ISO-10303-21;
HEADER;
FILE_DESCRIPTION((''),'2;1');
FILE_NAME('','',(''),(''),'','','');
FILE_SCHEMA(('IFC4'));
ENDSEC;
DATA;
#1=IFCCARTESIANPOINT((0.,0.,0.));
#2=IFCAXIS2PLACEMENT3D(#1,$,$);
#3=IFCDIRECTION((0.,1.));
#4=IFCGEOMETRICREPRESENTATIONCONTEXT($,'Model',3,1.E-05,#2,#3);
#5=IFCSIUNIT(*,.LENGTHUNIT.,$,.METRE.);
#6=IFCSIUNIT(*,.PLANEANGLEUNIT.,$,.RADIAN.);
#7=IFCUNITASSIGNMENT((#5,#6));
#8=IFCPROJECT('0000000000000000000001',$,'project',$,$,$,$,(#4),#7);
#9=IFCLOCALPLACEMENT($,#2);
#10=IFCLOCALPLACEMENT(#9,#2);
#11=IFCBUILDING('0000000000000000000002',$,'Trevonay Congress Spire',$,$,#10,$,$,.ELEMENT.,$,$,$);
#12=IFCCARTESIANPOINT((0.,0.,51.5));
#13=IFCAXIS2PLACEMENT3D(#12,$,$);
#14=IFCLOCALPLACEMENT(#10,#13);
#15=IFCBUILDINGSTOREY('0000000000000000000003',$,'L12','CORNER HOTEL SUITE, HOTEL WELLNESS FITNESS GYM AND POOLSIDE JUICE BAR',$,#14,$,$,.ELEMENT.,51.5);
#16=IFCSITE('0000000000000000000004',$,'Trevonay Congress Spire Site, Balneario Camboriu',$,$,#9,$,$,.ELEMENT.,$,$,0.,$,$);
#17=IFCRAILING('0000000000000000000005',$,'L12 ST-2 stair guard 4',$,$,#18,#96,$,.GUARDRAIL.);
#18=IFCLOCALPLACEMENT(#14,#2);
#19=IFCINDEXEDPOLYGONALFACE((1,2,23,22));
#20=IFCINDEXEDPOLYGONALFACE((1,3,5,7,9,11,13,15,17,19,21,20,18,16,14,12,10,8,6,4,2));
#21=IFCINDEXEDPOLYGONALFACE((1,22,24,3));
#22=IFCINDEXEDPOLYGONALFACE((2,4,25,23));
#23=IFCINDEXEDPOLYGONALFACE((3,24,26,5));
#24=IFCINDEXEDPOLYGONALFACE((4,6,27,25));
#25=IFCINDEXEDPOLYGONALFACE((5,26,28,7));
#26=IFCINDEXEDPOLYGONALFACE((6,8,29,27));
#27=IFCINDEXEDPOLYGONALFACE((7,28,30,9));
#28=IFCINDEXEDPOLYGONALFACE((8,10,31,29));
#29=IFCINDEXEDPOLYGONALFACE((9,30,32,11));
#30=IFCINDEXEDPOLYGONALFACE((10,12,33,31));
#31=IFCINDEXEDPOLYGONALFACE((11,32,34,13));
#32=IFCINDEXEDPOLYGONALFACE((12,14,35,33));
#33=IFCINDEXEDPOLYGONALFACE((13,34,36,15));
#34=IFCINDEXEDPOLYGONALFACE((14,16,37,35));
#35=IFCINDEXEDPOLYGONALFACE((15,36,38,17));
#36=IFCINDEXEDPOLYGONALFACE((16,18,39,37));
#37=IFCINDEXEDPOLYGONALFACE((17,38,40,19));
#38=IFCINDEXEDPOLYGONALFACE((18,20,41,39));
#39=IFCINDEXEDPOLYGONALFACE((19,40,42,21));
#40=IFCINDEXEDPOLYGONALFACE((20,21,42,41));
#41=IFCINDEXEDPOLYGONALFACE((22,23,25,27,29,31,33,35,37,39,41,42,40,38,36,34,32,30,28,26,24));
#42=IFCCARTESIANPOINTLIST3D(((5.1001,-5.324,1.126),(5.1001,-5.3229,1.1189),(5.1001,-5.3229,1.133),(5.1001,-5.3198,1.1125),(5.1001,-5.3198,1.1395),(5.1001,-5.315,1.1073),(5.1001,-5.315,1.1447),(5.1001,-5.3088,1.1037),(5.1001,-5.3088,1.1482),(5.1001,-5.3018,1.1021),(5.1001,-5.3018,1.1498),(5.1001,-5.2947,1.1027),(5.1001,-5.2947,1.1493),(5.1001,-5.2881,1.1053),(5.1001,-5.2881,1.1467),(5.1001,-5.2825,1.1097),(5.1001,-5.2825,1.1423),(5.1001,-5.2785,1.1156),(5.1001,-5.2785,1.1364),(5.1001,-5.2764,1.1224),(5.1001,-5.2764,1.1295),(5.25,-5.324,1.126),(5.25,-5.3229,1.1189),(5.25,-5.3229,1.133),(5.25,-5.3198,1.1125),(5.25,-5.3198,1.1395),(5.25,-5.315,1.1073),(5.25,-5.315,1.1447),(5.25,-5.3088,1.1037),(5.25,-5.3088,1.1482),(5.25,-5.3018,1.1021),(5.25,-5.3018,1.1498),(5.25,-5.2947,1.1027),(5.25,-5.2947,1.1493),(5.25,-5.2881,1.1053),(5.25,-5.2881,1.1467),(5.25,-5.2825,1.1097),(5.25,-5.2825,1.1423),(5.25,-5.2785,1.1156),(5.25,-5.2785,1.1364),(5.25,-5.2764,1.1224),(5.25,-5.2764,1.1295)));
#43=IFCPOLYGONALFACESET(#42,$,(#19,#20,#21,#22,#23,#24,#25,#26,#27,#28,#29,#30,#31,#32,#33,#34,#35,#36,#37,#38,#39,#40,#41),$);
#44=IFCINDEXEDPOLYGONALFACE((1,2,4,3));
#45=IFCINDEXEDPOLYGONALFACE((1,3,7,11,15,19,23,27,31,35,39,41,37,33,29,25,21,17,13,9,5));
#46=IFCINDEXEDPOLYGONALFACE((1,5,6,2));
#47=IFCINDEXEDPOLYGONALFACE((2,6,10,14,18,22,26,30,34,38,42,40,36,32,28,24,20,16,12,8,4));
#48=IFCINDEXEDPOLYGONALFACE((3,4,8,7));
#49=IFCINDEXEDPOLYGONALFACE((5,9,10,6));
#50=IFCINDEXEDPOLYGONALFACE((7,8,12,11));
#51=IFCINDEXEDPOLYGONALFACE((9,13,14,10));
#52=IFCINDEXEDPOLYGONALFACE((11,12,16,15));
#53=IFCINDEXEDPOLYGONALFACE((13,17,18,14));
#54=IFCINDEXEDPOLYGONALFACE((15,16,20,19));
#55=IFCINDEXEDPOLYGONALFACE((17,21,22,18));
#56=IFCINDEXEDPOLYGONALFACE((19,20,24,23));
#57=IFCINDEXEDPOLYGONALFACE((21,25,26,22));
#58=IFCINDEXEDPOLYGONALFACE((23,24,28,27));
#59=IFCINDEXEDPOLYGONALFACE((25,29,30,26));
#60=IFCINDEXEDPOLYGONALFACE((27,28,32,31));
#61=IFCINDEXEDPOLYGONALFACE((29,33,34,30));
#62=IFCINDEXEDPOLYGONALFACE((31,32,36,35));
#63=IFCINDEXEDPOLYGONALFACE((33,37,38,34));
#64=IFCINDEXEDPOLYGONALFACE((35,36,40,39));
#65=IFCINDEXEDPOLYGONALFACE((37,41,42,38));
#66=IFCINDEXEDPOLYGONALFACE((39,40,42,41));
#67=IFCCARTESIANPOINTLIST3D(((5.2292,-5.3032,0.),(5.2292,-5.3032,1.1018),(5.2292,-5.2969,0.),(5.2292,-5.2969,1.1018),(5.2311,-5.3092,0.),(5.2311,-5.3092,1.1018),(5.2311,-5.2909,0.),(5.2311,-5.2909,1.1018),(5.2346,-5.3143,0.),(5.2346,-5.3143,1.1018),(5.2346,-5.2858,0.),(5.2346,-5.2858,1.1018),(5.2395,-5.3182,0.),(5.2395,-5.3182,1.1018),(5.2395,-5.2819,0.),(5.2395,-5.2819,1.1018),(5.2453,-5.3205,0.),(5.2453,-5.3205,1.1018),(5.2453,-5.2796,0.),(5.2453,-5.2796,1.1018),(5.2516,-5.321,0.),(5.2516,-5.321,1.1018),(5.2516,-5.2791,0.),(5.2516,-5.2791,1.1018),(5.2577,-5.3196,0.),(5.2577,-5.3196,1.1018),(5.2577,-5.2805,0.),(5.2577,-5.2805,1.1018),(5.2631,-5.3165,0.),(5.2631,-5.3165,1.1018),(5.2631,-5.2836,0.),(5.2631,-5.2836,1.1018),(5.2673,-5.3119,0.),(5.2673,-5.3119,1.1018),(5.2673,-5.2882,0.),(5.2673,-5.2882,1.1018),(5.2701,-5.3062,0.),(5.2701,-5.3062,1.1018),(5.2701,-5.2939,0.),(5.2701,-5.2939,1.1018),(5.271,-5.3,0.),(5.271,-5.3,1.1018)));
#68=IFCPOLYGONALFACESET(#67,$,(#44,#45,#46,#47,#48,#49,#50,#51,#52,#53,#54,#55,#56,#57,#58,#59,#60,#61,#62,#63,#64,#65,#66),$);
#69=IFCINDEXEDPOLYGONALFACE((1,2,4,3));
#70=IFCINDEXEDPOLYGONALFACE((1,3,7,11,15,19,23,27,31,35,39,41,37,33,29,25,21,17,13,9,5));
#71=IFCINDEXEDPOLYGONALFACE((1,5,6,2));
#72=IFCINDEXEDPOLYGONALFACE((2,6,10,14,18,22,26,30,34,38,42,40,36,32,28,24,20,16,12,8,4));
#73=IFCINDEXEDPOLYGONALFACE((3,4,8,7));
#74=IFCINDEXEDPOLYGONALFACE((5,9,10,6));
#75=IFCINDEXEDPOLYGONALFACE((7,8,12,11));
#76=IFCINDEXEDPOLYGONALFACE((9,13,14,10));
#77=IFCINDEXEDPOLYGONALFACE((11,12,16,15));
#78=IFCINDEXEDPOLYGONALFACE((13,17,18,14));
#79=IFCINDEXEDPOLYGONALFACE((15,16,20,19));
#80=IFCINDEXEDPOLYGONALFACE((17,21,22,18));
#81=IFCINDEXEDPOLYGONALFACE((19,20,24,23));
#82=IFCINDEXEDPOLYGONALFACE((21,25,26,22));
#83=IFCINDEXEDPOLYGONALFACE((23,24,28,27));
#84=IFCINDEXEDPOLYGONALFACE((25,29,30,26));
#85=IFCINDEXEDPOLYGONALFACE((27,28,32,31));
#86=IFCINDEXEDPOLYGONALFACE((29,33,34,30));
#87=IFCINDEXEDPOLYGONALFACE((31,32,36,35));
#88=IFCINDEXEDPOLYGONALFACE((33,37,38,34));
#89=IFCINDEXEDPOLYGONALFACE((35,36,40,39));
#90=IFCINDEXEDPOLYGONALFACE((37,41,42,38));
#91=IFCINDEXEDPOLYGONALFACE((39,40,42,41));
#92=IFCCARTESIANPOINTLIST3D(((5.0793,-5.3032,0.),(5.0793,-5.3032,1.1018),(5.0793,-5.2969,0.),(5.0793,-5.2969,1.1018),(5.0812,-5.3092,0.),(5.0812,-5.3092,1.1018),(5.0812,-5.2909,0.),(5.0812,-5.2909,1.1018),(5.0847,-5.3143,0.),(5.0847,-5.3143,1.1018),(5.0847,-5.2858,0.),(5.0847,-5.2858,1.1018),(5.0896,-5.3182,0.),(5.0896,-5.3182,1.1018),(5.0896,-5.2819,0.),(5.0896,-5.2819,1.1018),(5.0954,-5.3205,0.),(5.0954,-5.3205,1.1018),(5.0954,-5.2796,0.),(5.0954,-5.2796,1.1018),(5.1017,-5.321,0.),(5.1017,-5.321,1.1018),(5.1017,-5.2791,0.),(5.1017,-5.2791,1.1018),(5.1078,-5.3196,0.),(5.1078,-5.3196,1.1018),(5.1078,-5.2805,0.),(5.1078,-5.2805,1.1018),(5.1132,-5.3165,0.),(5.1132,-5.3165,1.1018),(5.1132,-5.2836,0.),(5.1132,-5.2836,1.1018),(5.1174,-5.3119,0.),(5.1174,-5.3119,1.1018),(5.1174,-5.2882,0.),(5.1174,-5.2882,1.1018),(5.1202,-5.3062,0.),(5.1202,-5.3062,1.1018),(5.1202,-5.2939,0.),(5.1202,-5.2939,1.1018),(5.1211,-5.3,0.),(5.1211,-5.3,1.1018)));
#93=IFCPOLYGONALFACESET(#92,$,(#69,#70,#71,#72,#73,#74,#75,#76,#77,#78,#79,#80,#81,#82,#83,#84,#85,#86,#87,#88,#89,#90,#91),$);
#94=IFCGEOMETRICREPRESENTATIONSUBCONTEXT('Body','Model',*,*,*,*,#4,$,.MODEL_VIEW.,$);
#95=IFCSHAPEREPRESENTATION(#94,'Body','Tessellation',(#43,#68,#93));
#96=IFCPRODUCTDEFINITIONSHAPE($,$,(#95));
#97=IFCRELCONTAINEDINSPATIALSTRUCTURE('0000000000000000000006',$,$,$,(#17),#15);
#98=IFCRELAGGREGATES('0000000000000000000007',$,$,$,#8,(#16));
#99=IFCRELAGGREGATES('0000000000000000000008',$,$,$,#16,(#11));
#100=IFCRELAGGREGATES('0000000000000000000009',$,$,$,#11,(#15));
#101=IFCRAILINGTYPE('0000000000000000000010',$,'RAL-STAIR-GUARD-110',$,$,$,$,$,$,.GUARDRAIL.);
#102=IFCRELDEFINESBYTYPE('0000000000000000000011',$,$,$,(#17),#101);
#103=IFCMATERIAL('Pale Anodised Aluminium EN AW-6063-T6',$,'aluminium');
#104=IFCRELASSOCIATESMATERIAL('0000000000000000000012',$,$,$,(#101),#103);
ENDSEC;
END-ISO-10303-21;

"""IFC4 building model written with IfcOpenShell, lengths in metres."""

from ifc_helpers import new_model, si_unit, direction, frame, origin, origin_2d, place, context, subcontext, project, spatial, circle, extrude, material, type_object, element, save


model = new_model("IFC4")

# Units and contexts
model_context = context("Model", 3, precision=1e-05, world=origin(), true_north=direction((0.0, 1.0)))
body_context = subcontext(model_context, "Body", "Model", "MODEL_VIEW")
ifc_project = project(units=[si_unit("LENGTHUNIT", "METRE"), si_unit("PLANEANGLEUNIT", "RADIAN")], contexts=[model_context])

# Site, building, storey
site_placement = place(None, origin())
site = spatial("IfcSite", under=ifc_project, at=site_placement, Name="Trevonay Congress Spire Site, Balneario Camboriu", CompositionType="ELEMENT", RefElevation=0.0)
building_placement = place(site_placement, origin())
building = spatial("IfcBuilding", under=site, at=building_placement, Name="Trevonay Congress Spire", CompositionType="ELEMENT")
storey_placement = place(building_placement, frame((0.0, 0.0, 51.5)))
storey = spatial("IfcBuildingStorey", under=building, at=storey_placement, Name="L12", Description="CORNER HOTEL SUITE, HOTEL WELLNESS FITNESS GYM AND POOLSIDE JUICE BAR", CompositionType="ELEMENT", Elevation=51.5)

# Shared definitions
ifc_material_1 = material(Name="Pale Anodised Aluminium EN AW-6063-T6", Category="aluminium")

# Railing
railing_type = type_object("IfcRailingType", Name="RAL-STAIR-GUARD-110", PredefinedType="GUARDRAIL", material=ifc_material_1)
railing_placement = place(storey_placement, frame((5.25, -5.3, 0.0)))
element("IfcRailing", 1, at=railing_placement, inside=storey, type_object=railing_type, Name="L12 ST-2 stair guard 4", PredefinedType="GUARDRAIL", context=body_context, shape_type="SweptSolid", body=[
    extrude(circle(Radius=0.0239, at=origin_2d()), frame((0.0, 0.0, 1.126), z_axis=(-1.0, 0.0, 0.0), x_axis=(0.0, -1.0, 0.0)), (0.0, 0.0, 1.0), 0.1499),
    extrude(circle(Radius=0.021, at=origin_2d()), origin(), (0.0, 0.0, 1.0), 1.1018),
    extrude(circle(Radius=0.021, at=origin_2d()), frame((-0.1499, 0.0, 0.0)), (0.0, 0.0, 1.0), 1.1018),
])

save(model, "model.ifc")
